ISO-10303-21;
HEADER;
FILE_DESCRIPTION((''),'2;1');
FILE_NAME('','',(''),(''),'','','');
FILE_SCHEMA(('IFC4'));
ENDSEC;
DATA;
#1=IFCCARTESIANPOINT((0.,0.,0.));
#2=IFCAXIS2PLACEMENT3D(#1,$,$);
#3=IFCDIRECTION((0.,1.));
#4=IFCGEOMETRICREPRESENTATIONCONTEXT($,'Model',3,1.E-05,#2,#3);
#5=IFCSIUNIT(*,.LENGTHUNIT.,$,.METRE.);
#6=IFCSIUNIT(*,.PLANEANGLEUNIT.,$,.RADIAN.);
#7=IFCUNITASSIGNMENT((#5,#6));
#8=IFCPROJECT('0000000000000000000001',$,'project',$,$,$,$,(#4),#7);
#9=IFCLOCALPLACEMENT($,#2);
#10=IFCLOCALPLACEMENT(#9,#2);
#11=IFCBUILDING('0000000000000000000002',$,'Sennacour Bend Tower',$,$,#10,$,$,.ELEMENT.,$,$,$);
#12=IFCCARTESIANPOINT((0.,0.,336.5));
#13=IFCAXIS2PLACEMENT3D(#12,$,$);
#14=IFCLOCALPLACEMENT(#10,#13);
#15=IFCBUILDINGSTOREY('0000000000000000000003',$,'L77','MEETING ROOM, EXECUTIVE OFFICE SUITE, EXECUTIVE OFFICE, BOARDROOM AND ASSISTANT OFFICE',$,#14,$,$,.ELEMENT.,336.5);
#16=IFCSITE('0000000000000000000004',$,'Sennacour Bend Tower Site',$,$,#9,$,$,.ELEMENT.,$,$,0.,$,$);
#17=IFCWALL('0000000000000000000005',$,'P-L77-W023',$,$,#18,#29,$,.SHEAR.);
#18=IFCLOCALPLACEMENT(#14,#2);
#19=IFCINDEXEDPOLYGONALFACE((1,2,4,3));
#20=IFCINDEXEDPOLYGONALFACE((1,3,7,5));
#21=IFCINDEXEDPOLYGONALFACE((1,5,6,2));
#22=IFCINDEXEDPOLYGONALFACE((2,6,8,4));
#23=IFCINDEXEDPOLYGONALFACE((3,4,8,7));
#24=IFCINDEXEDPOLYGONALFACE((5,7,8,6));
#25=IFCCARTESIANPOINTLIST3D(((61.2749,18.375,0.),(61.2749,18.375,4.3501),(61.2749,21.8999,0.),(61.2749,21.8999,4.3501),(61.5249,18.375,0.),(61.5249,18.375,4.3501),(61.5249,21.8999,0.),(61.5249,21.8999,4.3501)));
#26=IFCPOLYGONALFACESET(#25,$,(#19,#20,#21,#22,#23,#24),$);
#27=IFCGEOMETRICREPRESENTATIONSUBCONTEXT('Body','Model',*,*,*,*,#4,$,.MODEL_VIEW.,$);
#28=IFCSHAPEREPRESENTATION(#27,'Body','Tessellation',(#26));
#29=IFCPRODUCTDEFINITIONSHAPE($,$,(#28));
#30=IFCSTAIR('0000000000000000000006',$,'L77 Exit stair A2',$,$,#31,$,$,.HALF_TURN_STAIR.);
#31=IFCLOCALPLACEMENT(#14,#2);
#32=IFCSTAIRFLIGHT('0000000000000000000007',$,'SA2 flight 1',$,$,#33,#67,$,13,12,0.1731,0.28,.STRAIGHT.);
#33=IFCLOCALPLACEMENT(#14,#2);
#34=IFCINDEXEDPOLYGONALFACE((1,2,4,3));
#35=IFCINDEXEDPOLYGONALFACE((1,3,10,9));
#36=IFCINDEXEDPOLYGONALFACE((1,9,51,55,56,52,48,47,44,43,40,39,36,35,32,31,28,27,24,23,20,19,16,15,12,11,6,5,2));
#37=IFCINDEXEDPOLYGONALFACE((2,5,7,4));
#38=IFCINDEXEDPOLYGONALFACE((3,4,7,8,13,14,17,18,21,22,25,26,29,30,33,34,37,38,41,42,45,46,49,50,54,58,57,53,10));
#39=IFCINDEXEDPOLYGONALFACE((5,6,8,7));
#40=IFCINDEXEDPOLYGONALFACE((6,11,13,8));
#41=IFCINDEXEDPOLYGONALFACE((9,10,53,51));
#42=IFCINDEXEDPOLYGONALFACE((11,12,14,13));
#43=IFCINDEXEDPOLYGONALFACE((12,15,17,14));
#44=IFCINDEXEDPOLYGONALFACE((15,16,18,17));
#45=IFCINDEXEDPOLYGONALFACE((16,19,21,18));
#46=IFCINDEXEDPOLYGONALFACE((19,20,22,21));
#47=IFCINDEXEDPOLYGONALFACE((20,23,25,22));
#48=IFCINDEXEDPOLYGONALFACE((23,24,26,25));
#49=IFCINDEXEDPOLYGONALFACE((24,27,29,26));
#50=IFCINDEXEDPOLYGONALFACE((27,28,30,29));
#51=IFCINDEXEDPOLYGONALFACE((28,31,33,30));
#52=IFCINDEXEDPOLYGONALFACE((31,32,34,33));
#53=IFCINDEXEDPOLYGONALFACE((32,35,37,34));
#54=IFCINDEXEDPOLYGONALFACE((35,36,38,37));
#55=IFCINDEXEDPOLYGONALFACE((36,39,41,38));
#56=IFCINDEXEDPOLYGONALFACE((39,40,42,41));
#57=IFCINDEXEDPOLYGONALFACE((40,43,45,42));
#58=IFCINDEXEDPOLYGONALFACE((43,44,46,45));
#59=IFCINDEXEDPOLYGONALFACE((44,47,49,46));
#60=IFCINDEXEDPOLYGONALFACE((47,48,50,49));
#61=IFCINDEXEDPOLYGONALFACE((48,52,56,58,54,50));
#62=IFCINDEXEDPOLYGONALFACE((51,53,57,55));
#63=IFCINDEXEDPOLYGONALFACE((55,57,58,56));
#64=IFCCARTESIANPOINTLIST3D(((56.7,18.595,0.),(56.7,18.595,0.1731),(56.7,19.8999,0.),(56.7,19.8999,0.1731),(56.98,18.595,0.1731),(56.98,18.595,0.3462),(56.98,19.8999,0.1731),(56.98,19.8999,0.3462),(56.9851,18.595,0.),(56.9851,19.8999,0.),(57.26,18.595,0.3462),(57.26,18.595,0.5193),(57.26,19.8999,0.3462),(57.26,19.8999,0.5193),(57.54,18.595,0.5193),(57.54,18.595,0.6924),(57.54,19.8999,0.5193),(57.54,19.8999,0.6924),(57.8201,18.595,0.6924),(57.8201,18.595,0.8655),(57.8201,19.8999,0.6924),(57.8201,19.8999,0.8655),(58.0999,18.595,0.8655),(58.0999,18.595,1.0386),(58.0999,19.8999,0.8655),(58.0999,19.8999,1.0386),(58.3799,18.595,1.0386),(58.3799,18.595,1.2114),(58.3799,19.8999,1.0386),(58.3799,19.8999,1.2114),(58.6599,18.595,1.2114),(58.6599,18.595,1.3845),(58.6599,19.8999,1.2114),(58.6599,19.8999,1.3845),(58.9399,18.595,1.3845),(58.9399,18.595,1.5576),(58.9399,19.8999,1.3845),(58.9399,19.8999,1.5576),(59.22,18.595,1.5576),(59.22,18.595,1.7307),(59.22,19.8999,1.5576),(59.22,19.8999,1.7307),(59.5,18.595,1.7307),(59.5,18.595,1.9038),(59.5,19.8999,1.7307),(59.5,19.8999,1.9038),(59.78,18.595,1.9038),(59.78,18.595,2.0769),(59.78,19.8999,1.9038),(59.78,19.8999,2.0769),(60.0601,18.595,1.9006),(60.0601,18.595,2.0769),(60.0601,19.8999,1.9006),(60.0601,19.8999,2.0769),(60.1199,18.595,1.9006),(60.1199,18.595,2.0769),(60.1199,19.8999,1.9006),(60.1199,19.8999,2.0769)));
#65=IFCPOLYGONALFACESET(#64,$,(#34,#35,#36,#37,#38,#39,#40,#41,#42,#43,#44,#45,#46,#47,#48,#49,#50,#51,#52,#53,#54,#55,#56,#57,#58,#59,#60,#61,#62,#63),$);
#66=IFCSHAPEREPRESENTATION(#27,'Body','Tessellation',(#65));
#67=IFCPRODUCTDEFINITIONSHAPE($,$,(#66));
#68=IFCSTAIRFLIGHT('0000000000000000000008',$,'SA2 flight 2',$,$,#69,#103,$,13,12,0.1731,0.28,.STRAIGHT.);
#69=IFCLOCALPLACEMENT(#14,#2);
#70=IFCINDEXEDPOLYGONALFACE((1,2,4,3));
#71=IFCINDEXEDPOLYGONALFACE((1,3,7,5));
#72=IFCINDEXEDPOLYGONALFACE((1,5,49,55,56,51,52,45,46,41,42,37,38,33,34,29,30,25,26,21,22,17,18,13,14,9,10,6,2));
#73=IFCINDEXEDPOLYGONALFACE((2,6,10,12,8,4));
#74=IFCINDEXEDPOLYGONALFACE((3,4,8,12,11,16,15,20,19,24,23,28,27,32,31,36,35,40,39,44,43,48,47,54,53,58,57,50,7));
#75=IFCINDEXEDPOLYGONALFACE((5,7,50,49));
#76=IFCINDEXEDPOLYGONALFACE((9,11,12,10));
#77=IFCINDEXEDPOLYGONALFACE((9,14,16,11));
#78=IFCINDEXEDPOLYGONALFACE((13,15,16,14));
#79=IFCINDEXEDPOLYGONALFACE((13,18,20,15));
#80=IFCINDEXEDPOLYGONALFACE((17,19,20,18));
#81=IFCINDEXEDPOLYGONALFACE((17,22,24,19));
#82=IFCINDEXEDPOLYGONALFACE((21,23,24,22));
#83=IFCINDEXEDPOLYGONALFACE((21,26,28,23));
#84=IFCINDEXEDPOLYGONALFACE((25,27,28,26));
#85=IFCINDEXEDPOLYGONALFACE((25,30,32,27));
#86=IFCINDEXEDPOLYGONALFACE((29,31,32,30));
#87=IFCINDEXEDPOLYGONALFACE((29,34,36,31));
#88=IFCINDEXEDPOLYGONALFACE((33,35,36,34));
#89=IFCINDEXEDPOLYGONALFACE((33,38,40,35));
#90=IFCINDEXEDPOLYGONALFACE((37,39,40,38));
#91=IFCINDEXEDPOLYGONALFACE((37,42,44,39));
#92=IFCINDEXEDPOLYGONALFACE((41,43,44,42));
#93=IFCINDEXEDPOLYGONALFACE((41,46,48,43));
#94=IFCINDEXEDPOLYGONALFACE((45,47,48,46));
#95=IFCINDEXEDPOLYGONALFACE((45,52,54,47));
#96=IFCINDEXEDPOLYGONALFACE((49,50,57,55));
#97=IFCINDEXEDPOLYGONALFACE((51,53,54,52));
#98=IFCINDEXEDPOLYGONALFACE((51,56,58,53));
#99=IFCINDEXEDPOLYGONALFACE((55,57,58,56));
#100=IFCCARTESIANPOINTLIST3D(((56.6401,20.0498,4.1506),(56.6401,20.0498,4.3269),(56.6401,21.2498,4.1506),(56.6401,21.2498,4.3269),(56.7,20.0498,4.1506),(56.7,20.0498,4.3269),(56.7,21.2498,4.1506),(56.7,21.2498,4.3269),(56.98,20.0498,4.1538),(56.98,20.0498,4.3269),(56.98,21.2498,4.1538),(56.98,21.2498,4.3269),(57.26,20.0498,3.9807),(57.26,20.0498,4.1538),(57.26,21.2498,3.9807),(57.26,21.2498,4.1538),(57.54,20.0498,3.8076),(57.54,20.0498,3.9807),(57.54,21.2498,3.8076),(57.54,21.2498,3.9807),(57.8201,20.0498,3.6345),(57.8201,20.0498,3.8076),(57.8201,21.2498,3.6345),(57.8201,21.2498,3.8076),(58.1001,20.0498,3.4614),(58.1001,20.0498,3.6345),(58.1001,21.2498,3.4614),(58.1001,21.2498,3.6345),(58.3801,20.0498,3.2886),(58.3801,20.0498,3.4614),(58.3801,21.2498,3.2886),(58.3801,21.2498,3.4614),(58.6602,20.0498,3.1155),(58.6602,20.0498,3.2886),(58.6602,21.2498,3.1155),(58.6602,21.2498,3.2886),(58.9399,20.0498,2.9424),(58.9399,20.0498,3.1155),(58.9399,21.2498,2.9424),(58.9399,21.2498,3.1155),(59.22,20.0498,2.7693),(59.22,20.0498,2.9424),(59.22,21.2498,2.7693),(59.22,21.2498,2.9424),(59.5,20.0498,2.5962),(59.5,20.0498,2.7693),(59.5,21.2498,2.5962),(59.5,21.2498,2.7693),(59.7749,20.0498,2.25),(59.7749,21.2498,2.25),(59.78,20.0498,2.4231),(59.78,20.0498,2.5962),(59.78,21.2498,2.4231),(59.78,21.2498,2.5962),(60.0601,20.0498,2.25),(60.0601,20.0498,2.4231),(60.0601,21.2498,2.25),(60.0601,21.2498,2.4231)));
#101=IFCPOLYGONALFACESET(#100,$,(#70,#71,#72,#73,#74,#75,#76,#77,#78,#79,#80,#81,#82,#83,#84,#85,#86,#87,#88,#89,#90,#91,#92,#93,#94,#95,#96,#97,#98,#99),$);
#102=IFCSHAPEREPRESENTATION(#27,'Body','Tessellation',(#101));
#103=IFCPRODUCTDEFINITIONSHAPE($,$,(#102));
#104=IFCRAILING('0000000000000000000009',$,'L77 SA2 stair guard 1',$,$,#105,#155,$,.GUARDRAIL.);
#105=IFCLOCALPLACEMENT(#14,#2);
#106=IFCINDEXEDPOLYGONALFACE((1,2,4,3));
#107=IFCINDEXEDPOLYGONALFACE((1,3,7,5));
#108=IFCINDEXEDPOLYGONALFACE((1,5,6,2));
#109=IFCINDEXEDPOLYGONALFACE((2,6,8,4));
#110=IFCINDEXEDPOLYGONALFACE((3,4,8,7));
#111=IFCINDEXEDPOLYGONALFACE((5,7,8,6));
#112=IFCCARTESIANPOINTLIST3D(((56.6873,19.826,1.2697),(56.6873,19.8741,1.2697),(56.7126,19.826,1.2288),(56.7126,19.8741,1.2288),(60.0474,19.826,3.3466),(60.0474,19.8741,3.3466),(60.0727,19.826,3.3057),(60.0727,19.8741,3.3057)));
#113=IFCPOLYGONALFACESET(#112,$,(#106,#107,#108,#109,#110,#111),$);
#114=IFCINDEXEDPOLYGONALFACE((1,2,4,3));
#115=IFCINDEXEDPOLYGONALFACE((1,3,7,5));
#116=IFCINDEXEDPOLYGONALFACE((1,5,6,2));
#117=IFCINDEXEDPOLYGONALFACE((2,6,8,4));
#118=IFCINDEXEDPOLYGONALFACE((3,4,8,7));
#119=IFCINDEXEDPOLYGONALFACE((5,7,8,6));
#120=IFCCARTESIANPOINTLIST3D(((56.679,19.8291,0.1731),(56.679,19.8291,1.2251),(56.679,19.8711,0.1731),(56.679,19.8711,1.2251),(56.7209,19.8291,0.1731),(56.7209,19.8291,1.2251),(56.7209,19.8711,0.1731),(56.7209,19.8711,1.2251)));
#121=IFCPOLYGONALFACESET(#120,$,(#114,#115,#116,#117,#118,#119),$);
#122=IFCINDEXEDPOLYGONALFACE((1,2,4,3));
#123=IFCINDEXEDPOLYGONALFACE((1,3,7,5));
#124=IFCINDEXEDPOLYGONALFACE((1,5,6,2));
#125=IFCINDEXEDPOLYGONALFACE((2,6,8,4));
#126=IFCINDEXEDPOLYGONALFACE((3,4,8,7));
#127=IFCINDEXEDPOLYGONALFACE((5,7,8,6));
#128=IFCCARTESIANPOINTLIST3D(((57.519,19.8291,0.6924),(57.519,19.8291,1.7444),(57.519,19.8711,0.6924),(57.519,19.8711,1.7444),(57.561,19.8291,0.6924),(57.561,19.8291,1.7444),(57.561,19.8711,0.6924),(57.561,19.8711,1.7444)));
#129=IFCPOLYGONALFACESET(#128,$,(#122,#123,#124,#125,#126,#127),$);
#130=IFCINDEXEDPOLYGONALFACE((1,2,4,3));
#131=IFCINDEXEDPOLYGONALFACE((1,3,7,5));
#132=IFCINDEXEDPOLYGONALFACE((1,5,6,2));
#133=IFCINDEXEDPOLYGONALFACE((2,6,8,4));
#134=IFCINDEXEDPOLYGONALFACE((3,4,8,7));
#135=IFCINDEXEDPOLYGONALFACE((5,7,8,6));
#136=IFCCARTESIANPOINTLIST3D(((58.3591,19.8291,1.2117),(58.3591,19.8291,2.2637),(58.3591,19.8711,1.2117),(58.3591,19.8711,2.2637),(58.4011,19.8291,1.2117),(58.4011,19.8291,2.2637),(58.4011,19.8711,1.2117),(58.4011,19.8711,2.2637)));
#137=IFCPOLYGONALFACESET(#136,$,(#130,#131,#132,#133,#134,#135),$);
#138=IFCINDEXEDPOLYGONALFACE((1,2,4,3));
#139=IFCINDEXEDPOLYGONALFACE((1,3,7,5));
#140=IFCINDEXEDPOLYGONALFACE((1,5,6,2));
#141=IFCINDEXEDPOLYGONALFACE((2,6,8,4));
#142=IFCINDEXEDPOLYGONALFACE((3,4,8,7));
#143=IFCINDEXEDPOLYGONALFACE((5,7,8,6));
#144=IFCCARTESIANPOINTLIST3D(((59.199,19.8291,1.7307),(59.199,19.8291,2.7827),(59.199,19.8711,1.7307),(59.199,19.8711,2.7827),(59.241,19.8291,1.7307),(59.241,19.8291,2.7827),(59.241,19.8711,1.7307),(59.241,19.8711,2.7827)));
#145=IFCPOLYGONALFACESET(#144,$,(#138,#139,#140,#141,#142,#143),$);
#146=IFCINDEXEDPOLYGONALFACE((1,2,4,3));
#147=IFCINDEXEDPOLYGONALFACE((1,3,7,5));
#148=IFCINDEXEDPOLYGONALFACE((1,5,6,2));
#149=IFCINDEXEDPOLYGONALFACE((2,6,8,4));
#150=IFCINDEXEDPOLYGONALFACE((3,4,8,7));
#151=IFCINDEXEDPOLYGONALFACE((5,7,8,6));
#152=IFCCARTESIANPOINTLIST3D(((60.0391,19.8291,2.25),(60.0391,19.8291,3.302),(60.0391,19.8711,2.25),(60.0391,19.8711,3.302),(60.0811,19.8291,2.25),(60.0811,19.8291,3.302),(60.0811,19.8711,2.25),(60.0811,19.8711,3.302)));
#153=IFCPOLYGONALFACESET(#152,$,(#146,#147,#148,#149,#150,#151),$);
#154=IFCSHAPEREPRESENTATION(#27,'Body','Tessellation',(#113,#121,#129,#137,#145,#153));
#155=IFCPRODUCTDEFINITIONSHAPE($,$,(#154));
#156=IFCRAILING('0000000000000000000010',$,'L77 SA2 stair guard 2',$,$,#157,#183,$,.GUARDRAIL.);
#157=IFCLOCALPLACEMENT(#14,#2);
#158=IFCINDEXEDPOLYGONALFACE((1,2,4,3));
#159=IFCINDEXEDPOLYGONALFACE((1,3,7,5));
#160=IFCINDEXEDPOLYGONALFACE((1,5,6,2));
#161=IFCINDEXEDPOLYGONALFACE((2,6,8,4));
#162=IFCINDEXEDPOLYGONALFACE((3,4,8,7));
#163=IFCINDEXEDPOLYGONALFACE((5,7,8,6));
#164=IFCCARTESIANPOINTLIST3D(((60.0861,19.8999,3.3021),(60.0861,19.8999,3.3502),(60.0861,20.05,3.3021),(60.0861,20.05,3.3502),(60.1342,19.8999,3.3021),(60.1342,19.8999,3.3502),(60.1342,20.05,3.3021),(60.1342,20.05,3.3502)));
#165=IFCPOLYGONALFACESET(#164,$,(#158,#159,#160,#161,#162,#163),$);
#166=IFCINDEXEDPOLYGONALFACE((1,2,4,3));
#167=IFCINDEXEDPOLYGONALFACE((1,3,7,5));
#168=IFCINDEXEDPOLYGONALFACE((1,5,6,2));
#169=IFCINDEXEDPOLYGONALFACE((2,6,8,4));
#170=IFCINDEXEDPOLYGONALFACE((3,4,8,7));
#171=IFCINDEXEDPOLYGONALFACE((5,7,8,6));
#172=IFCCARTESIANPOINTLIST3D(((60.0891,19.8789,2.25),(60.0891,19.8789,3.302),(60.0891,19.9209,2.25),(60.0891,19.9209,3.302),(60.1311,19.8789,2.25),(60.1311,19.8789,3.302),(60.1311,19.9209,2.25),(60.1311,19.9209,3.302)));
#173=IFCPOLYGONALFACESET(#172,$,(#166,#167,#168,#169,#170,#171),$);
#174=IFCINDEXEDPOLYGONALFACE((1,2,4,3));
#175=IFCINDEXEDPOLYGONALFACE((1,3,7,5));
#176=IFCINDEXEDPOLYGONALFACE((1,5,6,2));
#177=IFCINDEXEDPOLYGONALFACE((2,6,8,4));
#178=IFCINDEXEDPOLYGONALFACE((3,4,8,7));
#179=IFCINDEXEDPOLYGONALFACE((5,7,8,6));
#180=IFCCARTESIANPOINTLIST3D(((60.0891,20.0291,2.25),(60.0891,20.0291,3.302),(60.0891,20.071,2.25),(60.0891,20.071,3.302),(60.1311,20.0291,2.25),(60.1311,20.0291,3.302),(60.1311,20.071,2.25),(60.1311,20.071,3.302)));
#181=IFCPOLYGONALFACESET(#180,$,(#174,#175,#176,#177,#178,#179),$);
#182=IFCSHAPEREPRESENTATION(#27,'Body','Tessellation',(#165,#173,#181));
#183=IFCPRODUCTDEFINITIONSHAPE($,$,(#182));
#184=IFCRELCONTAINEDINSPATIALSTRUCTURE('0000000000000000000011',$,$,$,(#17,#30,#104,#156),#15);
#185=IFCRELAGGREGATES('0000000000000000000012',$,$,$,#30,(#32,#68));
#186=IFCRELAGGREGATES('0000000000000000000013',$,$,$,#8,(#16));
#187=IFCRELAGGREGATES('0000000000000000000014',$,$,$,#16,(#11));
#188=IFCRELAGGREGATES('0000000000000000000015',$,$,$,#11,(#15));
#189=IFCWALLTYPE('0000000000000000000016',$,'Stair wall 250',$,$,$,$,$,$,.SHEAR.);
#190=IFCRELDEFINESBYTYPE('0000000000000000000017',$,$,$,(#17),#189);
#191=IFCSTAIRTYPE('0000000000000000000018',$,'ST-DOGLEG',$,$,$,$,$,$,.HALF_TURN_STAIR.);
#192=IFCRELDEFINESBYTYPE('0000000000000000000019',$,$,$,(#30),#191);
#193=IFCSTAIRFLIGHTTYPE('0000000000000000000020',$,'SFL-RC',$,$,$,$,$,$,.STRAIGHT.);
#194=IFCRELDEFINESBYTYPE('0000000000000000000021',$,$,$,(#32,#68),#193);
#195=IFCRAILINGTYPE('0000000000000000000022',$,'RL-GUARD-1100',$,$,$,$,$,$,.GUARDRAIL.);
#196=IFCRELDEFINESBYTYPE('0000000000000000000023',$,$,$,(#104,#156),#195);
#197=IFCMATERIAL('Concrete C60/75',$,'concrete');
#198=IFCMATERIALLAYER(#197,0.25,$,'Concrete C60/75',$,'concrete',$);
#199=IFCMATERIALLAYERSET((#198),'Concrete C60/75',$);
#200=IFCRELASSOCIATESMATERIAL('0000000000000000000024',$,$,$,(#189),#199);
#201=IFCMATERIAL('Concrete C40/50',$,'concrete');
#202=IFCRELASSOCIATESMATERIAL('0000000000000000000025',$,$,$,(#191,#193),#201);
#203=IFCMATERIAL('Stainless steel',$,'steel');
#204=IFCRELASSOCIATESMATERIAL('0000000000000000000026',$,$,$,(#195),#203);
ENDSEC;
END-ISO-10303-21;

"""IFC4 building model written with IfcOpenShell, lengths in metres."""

from ifc_helpers import new_model, si_unit, direction, frame, frame_2d, origin, origin_2d, place, context, subcontext, project, spatial, polyline, rectangle, outline, extrude, material, layer, layer_set, type_object, element, aggregate, save


model = new_model("IFC4")

# Units and contexts
model_context = context("Model", 3, precision=1e-05, world=origin(), true_north=direction((0.0, 1.0)))
body_context = subcontext(model_context, "Body", "Model", "MODEL_VIEW")
ifc_project = project(units=[si_unit("LENGTHUNIT", "METRE"), si_unit("PLANEANGLEUNIT", "RADIAN")], contexts=[model_context])

# Site, building, storey
site_placement = place(None, origin())
site = spatial("IfcSite", under=ifc_project, at=site_placement, Name="Sennacour Bend Tower Site", CompositionType="ELEMENT", RefElevation=0.0)
building_placement = place(site_placement, origin())
building = spatial("IfcBuilding", under=site, at=building_placement, Name="Sennacour Bend Tower", CompositionType="ELEMENT")
storey_placement = place(building_placement, frame((0.0, 0.0, 336.5)))
storey = spatial("IfcBuildingStorey", under=building, at=storey_placement, Name="L77", Description="MEETING ROOM, EXECUTIVE OFFICE SUITE, EXECUTIVE OFFICE, BOARDROOM AND ASSISTANT OFFICE", CompositionType="ELEMENT", Elevation=336.5)

# Shared definitions
ifc_material_1 = material(Name="Stainless steel", Category="steel")

# Wall
ifc_material_2 = material(Name="Concrete C60/75", Category="concrete")
ifc_layer_1 = layer(ifc_material_2, 0.25, Name="Concrete C60/75", Category="concrete")
ifc_layer_set_1 = layer_set([ifc_layer_1], Name="Concrete C60/75")
wall_type_1 = type_object("IfcWallType", Name="Stair wall 250", PredefinedType="SHEAR", material=ifc_layer_set_1)
wall_1_placement = place(storey_placement, frame((61.3999, 18.375, 0.0), z_axis=(0.0, 0.0, 1.0), x_axis=(0.0, 1.0, 0.0)))
element("IfcWall", 1, at=wall_1_placement, inside=storey, type_object=wall_type_1, Name="P-L77-W023", PredefinedType="SHEAR", context=body_context, shape_type="SweptSolid", body=[
    extrude(rectangle(XDim=3.5249, YDim=0.25, at=frame_2d((1.7625, 0.0))), origin(), (0.0, 0.0, 1.0), 4.3501),
])

# Stair, stair flights
ifc_material_3 = material(Name="Concrete C40/50", Category="concrete")
stair_type = type_object("IfcStairType", Name="ST-DOGLEG", PredefinedType="HALF_TURN_STAIR", material=ifc_material_3)
stair_placement = place(storey_placement, origin())
stair = element("IfcStair", 2, at=stair_placement, inside=storey, type_object=stair_type, Name="L77 Exit stair A2", PredefinedType="HALF_TURN_STAIR")
stair_flight_type = type_object("IfcStairFlightType", Name="SFL-RC", PredefinedType="STRAIGHT", material=ifc_material_3)
stair_flight_1_placement = place(storey_placement, frame((56.7, 19.2476, 0.0), z_axis=(0.0, 0.0, 1.0), x_axis=(1.0, 0.0, 0.0)))
stair_flight_1 = element("IfcStairFlight", 3, at=stair_flight_1_placement, type_object=stair_flight_type, Name="SA2 flight 1", NumberOfRisers=13, NumberOfTreads=12, PredefinedType="STRAIGHT", RiserHeight=0.1731, TreadLength=0.28, context=body_context, shape_type="SweptSolid", body=[
    extrude(outline(polyline([(0.0, 0.0), (0.0, 0.1731), (0.28, 0.1731), (0.28, 0.3462), (0.5601, 0.3462), (0.5601, 0.5193), (0.8401, 0.5193), (0.8401, 0.6924), (1.1201, 0.6924), (1.1201, 0.8655), (1.3999, 0.8655), (1.3999, 1.0386), (1.6799, 1.0386), (1.6799, 1.2114), (1.96, 1.2114), (1.96, 1.3845), (2.24, 1.3845), (2.24, 1.5576), (2.52, 1.5576), (2.52, 1.7307), (2.8, 1.7307), (2.8, 1.9038), (3.0801, 1.9038), (3.0801, 2.0769), (3.3601, 2.0769), (3.4199, 2.0769), (3.4199, 1.9006), (3.3601, 1.9006), (0.2852, 0.0), (0.0, 0.0)])), frame((0.0, 0.6523, 0.0), z_axis=(0.0, -1.0, 0.0), x_axis=(1.0, 0.0, 0.0)), (0.0, 0.0, 1.0), 1.3049),
])
stair_flight_2_placement = place(storey_placement, frame((60.0601, 20.6499, 2.25), z_axis=(0.0, 0.0, 1.0), x_axis=(-1.0, 0.0, 0.0)))
stair_flight_2 = element("IfcStairFlight", 4, at=stair_flight_2_placement, type_object=stair_flight_type, Name="SA2 flight 2", NumberOfRisers=13, NumberOfTreads=12, PredefinedType="STRAIGHT", RiserHeight=0.1731, TreadLength=0.28, context=body_context, shape_type="SweptSolid", body=[
    extrude(outline(polyline([(0.0, 0.0), (0.0, 0.1731), (0.28, 0.1731), (0.28, 0.3462), (0.5601, 0.3462), (0.5601, 0.5193), (0.8401, 0.5193), (0.8401, 0.6924), (1.1201, 0.6924), (1.1201, 0.8655), (1.3999, 0.8655), (1.3999, 1.0386), (1.6799, 1.0386), (1.6799, 1.2114), (1.96, 1.2114), (1.96, 1.3845), (2.24, 1.3845), (2.24, 1.5576), (2.52, 1.5576), (2.52, 1.7307), (2.8, 1.7307), (2.8, 1.9038), (3.0801, 1.9038), (3.0801, 2.0769), (3.3601, 2.0769), (3.4199, 2.0769), (3.4199, 1.9006), (3.3601, 1.9006), (0.2852, 0.0), (0.0, 0.0)])), frame((0.0, 0.6001, 0.0), z_axis=(0.0, -1.0, 0.0), x_axis=(1.0, 0.0, 0.0)), (0.0, 0.0, 1.0), 1.2),
])
aggregate(stair, [stair_flight_1, stair_flight_2])

# Railings
railing_type_1 = type_object("IfcRailingType", Name="RL-GUARD-1100", PredefinedType="GUARDRAIL", material=ifc_material_1)
railing_1_placement = place(storey_placement, frame((56.7, 19.8501, 0.1731)))
element("IfcRailing", 5, at=railing_1_placement, inside=storey, type_object=railing_type_1, Name="L77 SA2 stair guard 1", PredefinedType="GUARDRAIL", context=body_context, shape_type="SweptSolid", body=[
    extrude(rectangle(XDim=0.0481, YDim=0.0481, at=origin_2d()), frame((0.0, 0.0, 1.0762), z_axis=(0.850623, 0.0, 0.525776), x_axis=(0.0, 1.0, 0.0)), (0.0, 0.0, 1.0), 3.9502),
    extrude(rectangle(XDim=0.042, YDim=0.042, at=origin_2d()), origin(), (0.0, 0.0, 1.0), 1.052),
    extrude(rectangle(XDim=0.042, YDim=0.042, at=origin_2d()), frame((0.8401, 0.0, 0.5193)), (0.0, 0.0, 1.0), 1.052),
    extrude(rectangle(XDim=0.042, YDim=0.042, at=origin_2d()), frame((1.6802, 0.0, 1.0386)), (0.0, 0.0, 1.0), 1.052),
    extrude(rectangle(XDim=0.042, YDim=0.042, at=origin_2d()), frame((2.52, 0.0, 1.5576)), (0.0, 0.0, 1.0), 1.052),
    extrude(rectangle(XDim=0.042, YDim=0.042, at=origin_2d()), frame((3.3601, 0.0, 2.0769)), (0.0, 0.0, 1.0), 1.052),
])
railing_2_placement = place(storey_placement, frame((60.1101, 19.8999, 2.25)))
element("IfcRailing", 6, at=railing_2_placement, inside=storey, type_object=railing_type_1, Name="L77 SA2 stair guard 2", PredefinedType="GUARDRAIL", context=body_context, shape_type="SweptSolid", body=[
    extrude(rectangle(XDim=0.0481, YDim=0.0481, at=origin_2d()), frame((0.0, 0.0, 1.0762), z_axis=(0.0, 1.0, 0.0), x_axis=(-1.0, 0.0, 0.0)), (0.0, 0.0, 1.0), 0.1501),
    extrude(rectangle(XDim=0.042, YDim=0.042, at=origin_2d()), origin(), (0.0, 0.0, 1.0), 1.052),
    extrude(rectangle(XDim=0.042, YDim=0.042, at=origin_2d()), frame((0.0, 0.1501, 0.0)), (0.0, 0.0, 1.0), 1.052),
])

save(model, "model.ifc")
